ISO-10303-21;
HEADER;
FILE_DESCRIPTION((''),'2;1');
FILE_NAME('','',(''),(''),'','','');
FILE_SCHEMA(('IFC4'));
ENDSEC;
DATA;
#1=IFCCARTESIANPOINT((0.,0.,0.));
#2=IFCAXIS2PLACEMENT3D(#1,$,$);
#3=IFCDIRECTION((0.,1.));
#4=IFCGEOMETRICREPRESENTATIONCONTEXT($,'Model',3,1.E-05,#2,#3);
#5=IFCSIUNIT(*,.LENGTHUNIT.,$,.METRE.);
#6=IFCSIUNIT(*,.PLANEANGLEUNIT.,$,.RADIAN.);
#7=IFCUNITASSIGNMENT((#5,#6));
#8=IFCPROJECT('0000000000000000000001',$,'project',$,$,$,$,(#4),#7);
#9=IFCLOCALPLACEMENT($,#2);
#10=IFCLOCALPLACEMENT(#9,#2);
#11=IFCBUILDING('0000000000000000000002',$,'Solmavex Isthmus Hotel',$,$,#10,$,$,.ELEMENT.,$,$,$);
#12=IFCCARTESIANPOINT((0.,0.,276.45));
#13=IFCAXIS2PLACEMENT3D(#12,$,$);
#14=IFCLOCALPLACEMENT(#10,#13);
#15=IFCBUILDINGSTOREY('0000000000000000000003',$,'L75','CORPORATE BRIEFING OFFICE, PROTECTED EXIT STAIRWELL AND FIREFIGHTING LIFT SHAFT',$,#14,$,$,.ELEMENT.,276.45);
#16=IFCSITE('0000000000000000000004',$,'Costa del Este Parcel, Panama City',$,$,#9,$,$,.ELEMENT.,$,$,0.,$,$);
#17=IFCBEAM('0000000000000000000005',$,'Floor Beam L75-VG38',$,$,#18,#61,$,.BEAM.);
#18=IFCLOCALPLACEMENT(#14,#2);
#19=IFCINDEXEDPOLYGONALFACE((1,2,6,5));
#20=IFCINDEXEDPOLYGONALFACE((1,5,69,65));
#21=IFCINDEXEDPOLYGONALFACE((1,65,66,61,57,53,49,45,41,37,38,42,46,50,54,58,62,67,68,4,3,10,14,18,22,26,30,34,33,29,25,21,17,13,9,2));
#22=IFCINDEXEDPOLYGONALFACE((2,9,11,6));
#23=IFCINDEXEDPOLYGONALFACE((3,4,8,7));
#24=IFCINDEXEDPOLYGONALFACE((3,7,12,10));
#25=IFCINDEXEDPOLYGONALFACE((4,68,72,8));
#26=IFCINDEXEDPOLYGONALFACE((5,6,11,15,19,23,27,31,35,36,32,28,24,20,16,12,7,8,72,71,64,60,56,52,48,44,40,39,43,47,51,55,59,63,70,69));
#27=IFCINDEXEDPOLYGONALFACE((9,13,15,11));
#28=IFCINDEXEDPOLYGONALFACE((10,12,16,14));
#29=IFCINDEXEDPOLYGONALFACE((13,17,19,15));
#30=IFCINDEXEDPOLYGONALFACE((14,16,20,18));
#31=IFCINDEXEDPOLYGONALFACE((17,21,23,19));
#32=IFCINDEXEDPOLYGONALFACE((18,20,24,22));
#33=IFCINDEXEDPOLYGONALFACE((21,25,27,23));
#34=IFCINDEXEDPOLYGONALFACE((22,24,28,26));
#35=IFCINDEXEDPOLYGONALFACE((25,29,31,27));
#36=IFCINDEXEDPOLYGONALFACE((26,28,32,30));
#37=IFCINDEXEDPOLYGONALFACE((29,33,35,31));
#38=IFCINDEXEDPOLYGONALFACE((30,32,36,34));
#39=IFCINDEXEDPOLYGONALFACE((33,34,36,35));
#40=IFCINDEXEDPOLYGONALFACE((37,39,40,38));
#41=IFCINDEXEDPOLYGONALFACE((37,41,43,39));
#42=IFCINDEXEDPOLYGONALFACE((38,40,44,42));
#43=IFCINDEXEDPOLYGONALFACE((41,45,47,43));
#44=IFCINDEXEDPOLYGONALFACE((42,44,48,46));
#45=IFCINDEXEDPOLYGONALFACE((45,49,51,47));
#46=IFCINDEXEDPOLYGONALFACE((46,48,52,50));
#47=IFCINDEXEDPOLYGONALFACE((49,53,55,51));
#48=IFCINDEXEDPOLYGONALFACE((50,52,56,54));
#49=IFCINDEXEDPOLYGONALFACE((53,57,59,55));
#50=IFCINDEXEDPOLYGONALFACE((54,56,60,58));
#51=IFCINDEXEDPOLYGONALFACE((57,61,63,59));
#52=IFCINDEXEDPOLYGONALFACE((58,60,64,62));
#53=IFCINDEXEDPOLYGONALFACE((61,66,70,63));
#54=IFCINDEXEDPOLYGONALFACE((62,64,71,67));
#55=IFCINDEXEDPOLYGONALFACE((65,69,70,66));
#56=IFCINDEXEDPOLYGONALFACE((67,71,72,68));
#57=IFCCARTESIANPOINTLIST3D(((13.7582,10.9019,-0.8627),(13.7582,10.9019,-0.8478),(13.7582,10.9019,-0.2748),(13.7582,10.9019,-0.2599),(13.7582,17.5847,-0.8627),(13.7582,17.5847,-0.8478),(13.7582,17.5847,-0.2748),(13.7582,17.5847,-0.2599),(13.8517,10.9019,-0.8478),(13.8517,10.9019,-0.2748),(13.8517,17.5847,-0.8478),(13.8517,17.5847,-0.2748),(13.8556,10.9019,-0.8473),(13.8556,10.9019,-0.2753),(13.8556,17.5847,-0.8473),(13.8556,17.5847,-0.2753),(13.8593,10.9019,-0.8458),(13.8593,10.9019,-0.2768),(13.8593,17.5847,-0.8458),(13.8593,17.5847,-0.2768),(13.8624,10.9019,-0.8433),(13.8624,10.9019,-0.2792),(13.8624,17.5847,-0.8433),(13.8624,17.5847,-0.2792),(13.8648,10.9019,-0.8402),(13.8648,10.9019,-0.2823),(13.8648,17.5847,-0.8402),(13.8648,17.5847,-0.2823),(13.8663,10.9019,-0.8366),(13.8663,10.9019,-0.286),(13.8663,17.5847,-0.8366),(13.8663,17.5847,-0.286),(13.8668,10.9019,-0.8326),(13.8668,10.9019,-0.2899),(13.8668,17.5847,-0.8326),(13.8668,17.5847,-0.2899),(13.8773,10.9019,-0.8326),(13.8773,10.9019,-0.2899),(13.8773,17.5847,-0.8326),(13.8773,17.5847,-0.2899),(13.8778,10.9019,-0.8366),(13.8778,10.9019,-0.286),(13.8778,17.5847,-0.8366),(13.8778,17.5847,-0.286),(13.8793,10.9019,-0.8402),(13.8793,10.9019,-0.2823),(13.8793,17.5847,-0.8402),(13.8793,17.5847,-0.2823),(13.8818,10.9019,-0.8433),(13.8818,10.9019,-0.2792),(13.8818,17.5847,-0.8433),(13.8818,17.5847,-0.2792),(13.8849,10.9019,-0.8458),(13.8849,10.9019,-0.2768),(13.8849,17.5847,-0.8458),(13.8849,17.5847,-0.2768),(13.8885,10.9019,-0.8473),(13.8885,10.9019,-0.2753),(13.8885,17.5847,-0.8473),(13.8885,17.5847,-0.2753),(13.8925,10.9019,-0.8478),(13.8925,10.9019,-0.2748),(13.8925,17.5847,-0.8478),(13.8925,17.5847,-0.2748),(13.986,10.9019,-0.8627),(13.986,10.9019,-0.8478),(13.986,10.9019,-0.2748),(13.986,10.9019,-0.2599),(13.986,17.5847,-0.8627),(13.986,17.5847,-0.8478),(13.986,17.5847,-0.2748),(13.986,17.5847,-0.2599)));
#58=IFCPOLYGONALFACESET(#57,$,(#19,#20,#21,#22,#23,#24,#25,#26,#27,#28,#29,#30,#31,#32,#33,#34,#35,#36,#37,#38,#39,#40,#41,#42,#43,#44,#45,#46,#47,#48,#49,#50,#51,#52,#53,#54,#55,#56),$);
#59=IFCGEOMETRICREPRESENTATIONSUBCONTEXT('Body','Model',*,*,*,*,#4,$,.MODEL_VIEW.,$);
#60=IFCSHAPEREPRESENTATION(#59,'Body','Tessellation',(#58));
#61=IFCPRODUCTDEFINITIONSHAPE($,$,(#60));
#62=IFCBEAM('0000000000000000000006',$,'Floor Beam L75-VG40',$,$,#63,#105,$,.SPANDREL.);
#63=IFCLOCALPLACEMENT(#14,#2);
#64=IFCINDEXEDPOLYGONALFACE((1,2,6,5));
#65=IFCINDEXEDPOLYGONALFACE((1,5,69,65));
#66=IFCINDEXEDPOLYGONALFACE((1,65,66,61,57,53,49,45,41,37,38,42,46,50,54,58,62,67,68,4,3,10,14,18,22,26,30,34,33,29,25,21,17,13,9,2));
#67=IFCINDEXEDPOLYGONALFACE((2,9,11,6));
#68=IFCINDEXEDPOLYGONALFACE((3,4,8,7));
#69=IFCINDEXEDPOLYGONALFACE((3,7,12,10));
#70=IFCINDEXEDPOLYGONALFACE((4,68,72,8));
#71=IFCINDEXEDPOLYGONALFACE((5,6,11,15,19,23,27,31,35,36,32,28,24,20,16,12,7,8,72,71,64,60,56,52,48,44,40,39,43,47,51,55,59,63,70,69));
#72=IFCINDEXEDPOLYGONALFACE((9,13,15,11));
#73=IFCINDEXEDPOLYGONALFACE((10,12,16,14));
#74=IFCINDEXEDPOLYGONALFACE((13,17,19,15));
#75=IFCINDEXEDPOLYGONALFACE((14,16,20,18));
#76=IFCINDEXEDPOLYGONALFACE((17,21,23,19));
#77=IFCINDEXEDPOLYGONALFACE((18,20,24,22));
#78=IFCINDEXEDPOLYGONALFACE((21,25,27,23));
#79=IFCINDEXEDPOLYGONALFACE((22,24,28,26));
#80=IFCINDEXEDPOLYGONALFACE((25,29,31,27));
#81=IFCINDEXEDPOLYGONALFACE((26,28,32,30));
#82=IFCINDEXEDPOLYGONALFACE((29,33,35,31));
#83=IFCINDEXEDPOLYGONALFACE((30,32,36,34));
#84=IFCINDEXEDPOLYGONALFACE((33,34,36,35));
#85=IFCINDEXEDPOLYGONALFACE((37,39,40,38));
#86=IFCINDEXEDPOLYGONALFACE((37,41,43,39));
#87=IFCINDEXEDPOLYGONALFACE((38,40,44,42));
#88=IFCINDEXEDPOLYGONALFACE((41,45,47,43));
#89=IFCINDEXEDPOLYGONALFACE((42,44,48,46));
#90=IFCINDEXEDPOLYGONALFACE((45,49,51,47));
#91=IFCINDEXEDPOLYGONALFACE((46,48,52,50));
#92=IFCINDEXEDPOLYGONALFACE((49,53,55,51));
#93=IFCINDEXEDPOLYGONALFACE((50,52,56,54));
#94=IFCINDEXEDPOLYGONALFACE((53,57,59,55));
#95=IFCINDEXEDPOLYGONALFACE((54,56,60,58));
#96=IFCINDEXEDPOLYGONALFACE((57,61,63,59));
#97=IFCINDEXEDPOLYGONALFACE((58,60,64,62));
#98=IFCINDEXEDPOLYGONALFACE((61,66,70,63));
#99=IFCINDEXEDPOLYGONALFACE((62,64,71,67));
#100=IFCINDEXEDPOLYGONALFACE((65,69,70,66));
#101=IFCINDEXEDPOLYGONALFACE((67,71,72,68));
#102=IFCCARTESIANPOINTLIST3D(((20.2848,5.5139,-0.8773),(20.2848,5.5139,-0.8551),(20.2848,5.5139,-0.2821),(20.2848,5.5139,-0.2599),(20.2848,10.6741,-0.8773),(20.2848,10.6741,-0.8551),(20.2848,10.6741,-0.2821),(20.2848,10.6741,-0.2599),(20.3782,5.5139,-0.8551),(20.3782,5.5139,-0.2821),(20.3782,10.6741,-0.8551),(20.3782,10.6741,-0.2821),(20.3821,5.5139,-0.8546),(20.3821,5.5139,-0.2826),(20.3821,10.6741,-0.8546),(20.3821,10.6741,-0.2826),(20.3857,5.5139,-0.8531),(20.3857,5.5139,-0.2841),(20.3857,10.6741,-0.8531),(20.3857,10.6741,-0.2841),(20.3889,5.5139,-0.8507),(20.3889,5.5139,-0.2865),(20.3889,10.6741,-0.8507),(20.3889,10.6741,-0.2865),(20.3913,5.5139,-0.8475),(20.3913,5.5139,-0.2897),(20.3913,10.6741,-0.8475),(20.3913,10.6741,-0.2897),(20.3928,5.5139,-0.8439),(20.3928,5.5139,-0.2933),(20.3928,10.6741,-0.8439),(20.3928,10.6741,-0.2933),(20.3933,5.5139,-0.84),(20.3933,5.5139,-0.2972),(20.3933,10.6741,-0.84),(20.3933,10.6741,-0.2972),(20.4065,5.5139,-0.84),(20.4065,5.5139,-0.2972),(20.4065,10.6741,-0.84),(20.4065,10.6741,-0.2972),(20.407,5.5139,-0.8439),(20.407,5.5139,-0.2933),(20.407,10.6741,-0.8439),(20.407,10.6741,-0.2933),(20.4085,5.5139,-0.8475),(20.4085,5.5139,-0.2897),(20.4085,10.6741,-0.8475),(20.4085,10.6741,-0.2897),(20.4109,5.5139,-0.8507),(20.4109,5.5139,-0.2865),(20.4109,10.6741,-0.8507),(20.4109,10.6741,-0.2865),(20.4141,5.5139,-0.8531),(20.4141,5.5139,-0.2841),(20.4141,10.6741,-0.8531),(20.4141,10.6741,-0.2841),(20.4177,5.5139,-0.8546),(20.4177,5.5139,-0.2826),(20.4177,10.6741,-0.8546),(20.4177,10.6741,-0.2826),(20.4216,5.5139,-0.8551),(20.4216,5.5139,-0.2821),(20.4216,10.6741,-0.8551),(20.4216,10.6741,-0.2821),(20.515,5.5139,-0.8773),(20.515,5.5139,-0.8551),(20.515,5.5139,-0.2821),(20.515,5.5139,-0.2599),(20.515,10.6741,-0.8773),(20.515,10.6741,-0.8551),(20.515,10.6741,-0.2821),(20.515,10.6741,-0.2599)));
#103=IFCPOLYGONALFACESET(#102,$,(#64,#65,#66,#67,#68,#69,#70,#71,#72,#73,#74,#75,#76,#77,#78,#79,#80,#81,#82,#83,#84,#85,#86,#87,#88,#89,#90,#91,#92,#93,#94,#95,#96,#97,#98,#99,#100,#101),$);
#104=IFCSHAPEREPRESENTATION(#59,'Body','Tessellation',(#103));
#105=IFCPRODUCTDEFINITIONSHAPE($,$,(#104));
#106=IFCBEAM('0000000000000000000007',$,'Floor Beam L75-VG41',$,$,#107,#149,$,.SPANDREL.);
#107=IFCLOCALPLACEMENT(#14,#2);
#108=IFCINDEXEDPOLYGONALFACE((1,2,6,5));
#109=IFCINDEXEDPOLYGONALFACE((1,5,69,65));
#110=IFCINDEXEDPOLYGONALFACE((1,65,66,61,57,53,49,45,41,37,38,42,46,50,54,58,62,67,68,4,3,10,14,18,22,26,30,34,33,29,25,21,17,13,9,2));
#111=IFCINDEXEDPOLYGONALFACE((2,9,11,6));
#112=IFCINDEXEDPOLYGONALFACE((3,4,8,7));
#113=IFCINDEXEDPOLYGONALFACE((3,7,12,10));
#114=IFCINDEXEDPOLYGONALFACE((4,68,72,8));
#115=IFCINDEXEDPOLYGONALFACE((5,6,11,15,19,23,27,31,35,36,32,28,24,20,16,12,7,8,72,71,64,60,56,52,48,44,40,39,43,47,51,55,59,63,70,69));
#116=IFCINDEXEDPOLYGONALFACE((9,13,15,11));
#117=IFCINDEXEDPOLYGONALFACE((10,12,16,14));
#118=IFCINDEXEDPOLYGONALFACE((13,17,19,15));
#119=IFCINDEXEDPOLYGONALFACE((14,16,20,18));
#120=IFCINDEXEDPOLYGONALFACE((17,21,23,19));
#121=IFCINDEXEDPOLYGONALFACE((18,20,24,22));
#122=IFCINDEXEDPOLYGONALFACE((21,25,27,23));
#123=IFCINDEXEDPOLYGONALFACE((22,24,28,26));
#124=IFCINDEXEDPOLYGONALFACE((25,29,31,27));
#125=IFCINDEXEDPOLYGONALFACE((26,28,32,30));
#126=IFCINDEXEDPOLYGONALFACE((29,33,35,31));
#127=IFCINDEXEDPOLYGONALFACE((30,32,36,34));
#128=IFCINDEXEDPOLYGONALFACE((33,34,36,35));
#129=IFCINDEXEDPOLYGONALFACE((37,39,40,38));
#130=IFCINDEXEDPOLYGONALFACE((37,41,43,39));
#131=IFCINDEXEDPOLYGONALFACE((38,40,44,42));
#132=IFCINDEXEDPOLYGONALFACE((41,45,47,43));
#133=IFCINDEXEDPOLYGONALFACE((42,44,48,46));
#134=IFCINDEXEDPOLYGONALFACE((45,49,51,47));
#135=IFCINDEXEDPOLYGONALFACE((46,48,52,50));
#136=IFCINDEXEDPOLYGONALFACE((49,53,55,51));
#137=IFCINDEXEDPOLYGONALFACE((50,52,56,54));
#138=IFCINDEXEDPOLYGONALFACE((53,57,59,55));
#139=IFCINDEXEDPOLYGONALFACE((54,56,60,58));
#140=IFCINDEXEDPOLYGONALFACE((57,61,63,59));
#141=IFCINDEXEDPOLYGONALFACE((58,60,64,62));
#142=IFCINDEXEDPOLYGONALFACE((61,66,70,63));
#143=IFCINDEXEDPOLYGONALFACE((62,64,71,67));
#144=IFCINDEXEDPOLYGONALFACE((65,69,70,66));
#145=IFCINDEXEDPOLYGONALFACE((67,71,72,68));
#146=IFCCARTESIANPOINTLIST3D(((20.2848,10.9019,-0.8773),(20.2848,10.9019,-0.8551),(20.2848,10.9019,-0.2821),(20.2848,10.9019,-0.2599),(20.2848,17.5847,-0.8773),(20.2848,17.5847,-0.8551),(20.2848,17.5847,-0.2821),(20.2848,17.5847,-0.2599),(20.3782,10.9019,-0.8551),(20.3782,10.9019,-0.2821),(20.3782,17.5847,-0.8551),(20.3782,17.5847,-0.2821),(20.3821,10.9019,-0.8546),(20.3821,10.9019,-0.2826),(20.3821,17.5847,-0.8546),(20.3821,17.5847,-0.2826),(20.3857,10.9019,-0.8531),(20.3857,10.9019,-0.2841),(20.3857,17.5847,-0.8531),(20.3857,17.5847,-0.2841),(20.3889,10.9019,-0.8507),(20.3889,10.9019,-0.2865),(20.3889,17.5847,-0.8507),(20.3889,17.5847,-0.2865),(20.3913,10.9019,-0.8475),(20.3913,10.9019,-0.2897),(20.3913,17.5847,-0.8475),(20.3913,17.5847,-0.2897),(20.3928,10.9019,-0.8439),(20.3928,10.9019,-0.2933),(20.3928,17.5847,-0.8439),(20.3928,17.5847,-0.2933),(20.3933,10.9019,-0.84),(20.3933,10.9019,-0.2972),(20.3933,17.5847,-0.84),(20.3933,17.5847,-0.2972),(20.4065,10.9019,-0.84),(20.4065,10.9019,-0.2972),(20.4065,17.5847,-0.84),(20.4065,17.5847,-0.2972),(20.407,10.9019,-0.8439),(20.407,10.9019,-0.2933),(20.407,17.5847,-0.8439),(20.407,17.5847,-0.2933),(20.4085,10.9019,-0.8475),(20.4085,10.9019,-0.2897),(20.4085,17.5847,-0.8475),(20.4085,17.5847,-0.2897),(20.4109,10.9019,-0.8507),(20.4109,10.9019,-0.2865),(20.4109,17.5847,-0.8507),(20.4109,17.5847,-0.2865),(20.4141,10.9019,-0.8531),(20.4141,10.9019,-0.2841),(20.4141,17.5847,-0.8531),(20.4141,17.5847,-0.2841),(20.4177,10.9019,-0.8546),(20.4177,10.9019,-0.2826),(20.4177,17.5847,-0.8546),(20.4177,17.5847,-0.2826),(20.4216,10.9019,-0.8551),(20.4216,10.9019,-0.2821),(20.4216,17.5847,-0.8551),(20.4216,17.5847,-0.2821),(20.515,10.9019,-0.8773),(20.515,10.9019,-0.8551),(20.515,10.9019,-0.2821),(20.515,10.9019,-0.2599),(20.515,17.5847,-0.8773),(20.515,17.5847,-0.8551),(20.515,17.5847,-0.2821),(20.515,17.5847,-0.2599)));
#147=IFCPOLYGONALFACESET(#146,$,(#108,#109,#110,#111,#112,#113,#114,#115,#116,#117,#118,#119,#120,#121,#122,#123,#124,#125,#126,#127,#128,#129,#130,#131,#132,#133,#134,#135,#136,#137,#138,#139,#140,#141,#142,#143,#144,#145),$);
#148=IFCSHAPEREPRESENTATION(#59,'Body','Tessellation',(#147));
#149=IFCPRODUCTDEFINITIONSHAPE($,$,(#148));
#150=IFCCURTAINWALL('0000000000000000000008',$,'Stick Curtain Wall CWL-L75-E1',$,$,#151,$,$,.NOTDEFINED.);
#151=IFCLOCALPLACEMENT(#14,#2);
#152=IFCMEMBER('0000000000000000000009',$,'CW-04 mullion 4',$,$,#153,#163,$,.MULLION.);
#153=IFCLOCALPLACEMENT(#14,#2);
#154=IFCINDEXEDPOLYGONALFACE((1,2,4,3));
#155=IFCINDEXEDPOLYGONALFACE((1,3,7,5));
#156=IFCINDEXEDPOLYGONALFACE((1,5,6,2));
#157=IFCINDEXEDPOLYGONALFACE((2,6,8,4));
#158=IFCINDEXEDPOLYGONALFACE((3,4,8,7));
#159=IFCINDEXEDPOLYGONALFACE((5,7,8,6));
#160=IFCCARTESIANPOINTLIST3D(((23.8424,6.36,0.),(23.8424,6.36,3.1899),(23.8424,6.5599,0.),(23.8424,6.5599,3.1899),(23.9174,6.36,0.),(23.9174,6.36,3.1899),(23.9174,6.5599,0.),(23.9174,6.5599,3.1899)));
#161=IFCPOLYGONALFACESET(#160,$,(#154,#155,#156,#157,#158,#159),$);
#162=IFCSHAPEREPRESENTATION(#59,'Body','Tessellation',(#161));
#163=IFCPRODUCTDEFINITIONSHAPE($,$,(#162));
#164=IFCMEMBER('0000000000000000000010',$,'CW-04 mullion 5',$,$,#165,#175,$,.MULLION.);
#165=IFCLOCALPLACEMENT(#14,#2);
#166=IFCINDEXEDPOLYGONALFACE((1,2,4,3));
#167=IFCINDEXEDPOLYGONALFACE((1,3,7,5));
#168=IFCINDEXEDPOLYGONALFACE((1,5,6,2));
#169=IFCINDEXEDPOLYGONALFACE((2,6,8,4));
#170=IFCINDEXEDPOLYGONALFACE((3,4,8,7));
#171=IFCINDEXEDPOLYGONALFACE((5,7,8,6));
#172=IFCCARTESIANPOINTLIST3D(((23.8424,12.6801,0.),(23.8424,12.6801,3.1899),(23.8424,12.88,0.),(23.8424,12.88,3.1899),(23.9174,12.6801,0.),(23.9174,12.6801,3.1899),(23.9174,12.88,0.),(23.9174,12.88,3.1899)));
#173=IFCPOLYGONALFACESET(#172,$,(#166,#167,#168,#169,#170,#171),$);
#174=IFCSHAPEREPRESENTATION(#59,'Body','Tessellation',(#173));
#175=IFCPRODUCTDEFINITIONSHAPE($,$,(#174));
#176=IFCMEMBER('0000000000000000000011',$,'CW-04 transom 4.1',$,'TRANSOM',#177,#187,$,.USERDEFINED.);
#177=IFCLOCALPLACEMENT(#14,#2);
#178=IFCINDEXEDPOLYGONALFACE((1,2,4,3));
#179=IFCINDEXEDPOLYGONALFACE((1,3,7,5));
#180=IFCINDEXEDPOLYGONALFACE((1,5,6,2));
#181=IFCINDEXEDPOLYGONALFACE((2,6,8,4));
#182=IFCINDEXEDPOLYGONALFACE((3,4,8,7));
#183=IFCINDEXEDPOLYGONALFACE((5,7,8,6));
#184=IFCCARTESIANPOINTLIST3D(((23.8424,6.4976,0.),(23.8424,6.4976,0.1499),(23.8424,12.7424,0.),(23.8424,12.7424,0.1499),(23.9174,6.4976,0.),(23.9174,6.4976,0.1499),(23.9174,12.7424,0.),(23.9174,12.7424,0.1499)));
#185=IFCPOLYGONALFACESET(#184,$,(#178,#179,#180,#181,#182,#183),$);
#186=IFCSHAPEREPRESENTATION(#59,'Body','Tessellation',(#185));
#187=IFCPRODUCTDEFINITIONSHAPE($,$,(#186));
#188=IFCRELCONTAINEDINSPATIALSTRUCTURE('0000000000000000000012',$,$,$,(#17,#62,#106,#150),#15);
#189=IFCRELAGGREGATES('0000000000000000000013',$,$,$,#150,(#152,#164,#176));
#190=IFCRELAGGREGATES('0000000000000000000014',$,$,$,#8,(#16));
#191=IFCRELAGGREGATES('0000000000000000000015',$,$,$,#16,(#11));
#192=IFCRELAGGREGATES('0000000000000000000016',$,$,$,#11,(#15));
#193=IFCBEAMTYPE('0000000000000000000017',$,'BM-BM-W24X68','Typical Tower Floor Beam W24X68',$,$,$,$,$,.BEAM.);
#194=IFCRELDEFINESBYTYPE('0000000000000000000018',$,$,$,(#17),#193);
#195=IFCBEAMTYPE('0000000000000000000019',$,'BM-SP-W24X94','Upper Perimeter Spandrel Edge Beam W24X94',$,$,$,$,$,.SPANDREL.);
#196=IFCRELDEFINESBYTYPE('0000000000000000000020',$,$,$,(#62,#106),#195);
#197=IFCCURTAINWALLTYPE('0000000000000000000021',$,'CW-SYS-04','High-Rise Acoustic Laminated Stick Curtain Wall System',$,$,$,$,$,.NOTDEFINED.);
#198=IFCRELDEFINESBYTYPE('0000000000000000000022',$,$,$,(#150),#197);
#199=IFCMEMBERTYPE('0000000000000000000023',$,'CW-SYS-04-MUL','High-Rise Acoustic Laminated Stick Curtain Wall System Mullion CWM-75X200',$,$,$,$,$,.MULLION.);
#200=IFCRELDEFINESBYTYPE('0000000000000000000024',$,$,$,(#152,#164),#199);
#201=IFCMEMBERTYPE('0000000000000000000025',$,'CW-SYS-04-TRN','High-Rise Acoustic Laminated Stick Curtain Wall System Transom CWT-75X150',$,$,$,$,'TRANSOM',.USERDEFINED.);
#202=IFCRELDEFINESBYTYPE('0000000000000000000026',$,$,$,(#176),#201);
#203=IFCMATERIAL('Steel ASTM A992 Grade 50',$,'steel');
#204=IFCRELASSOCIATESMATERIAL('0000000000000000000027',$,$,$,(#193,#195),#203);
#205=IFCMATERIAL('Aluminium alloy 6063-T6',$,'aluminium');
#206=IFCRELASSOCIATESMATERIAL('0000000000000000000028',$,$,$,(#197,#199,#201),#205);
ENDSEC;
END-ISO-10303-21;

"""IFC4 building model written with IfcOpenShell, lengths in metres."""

from ifc_helpers import new_model, si_unit, direction, frame, origin, origin_2d, place, context, subcontext, project, spatial, rectangle, i_section, extrude, material, material_profile, profile_set, type_object, element, aggregate, save


model = new_model("IFC4")

# Units and contexts
model_context = context("Model", 3, precision=1e-05, world=origin(), true_north=direction((0.0, 1.0)))
body_context = subcontext(model_context, "Body", "Model", "MODEL_VIEW")
ifc_project = project(units=[si_unit("LENGTHUNIT", "METRE"), si_unit("PLANEANGLEUNIT", "RADIAN")], contexts=[model_context])

# Site, building, storey
site_placement = place(None, origin())
site = spatial("IfcSite", under=ifc_project, at=site_placement, Name="Costa del Este Parcel, Panama City", CompositionType="ELEMENT", RefElevation=0.0)
building_placement = place(site_placement, origin())
building = spatial("IfcBuilding", under=site, at=building_placement, Name="Solmavex Isthmus Hotel", CompositionType="ELEMENT")
storey_placement = place(building_placement, frame((0.0, 0.0, 276.45)))
storey = spatial("IfcBuildingStorey", under=building, at=storey_placement, Name="L75", Description="CORPORATE BRIEFING OFFICE, PROTECTED EXIT STAIRWELL AND FIREFIGHTING LIFT SHAFT", CompositionType="ELEMENT", Elevation=276.45)

# Beams
ifc_material_1 = material(Name="Steel ASTM A992 Grade 50", Category="steel")
ifc_material_profile_1 = material_profile(ifc_material_1, i_section(OverallWidth=0.2278, OverallDepth=0.6028, WebThickness=0.0105, FlangeThickness=0.0149, FilletRadius=0.0151, at=origin_2d()), Name="W24X68")
ifc_profile_set_1 = profile_set([ifc_material_profile_1], Name="Steel ASTM A992 Grade 50")
beam_type_1 = type_object("IfcBeamType", Name="BM-BM-W24X68", Description="Typical Tower Floor Beam W24X68", PredefinedType="BEAM", material=ifc_profile_set_1)
beam_1_placement = place(storey_placement, frame((13.8721, 10.9019, -0.5613), z_axis=(0.0, 1.0, 0.0), x_axis=(-1.0, 0.0, 0.0)))
element("IfcBeam", 1, at=beam_1_placement, inside=storey, type_object=beam_type_1, Name="Floor Beam L75-VG38", PredefinedType="BEAM", context=body_context, shape_type="SweptSolid", body=[
    extrude(i_section(OverallWidth=0.2278, OverallDepth=0.6028, WebThickness=0.0105, FlangeThickness=0.0149, FilletRadius=0.0151, at=origin_2d()), origin(), (0.0, 0.0, 1.0), 6.6829),
])
ifc_material_profile_2 = material_profile(ifc_material_1, i_section(OverallWidth=0.2302, OverallDepth=0.6174, WebThickness=0.0132, FlangeThickness=0.0222, FilletRadius=0.0151, at=origin_2d()), Name="W24X94")
ifc_profile_set_2 = profile_set([ifc_material_profile_2], Name="Steel ASTM A992 Grade 50")
beam_type_2 = type_object("IfcBeamType", Name="BM-SP-W24X94", Description="Upper Perimeter Spandrel Edge Beam W24X94", PredefinedType="SPANDREL", material=ifc_profile_set_2)
beam_2_placement = place(storey_placement, frame((20.3999, 5.5139, -0.5686), z_axis=(0.0, 1.0, 0.0), x_axis=(-1.0, 0.0, 0.0)))
element("IfcBeam", 2, at=beam_2_placement, inside=storey, type_object=beam_type_2, Name="Floor Beam L75-VG40", PredefinedType="SPANDREL", context=body_context, shape_type="SweptSolid", body=[
    extrude(i_section(OverallWidth=0.2302, OverallDepth=0.6174, WebThickness=0.0132, FlangeThickness=0.0222, FilletRadius=0.0151, at=origin_2d()), origin(), (0.0, 0.0, 1.0), 5.1602),
])
beam_3_placement = place(storey_placement, frame((20.3999, 10.9019, -0.5686), z_axis=(0.0, 1.0, 0.0), x_axis=(-1.0, 0.0, 0.0)))
element("IfcBeam", 3, at=beam_3_placement, inside=storey, type_object=beam_type_2, Name="Floor Beam L75-VG41", PredefinedType="SPANDREL", context=body_context, shape_type="SweptSolid", body=[
    extrude(i_section(OverallWidth=0.2302, OverallDepth=0.6174, WebThickness=0.0132, FlangeThickness=0.0222, FilletRadius=0.0151, at=origin_2d()), origin(), (0.0, 0.0, 1.0), 6.6829),
])

# Curtain wall, members
ifc_material_2 = material(Name="Aluminium alloy 6063-T6", Category="aluminium")
curtain_wall_type = type_object("IfcCurtainWallType", Name="CW-SYS-04", Description="High-Rise Acoustic Laminated Stick Curtain Wall System", PredefinedType="NOTDEFINED", material=ifc_material_2)
curtain_wall_placement = place(storey_placement, origin())
curtain_wall = element("IfcCurtainWall", 4, at=curtain_wall_placement, inside=storey, type_object=curtain_wall_type, Name="Stick Curtain Wall CWL-L75-E1", PredefinedType="NOTDEFINED")
ifc_material_profile_3 = material_profile(ifc_material_2, rectangle(XDim=0.075, YDim=0.2, at=origin_2d()), Name="CWM-75X200")
ifc_profile_set_3 = profile_set([ifc_material_profile_3], Name="Aluminium alloy 6063-T6")
member_type_1 = type_object("IfcMemberType", Name="CW-SYS-04-MUL", Description="High-Rise Acoustic Laminated Stick Curtain Wall System Mullion CWM-75X200", PredefinedType="MULLION", material=ifc_profile_set_3)
member_1_placement = place(storey_placement, frame((23.8799, 6.46, 0.0), z_axis=(0.0, 0.0, 1.0), x_axis=(-1.0, 0.0, 0.0)))
member_1 = element("IfcMember", 5, at=member_1_placement, type_object=member_type_1, Name="CW-04 mullion 4", PredefinedType="MULLION", context=body_context, shape_type="SweptSolid", body=[
    extrude(rectangle(XDim=0.075, YDim=0.2, at=origin_2d()), origin(), (0.0, 0.0, 1.0), 3.1899),
])
member_2_placement = place(storey_placement, frame((23.8799, 12.78, 0.0), z_axis=(0.0, 0.0, 1.0), x_axis=(-1.0, 0.0, 0.0)))
member_2 = element("IfcMember", 6, at=member_2_placement, type_object=member_type_1, Name="CW-04 mullion 5", PredefinedType="MULLION", context=body_context, shape_type="SweptSolid", body=[
    extrude(rectangle(XDim=0.075, YDim=0.2, at=origin_2d()), origin(), (0.0, 0.0, 1.0), 3.1899),
])
ifc_material_profile_4 = material_profile(ifc_material_2, rectangle(XDim=0.075, YDim=0.1499, at=origin_2d()), Name="CWT-75X150")
ifc_profile_set_4 = profile_set([ifc_material_profile_4], Name="Aluminium alloy 6063-T6")
member_type_2 = type_object("IfcMemberType", Name="CW-SYS-04-TRN", Description="High-Rise Acoustic Laminated Stick Curtain Wall System Transom CWT-75X150", ElementType="TRANSOM", PredefinedType="USERDEFINED", material=ifc_profile_set_4)
member_3_placement = place(storey_placement, frame((23.8799, 6.4976, 0.075), z_axis=(0.0, 1.0, 0.0), x_axis=(-1.0, 0.0, 0.0)))
member_3 = element("IfcMember", 7, at=member_3_placement, type_object=member_type_2, Name="CW-04 transom 4.1", ObjectType="TRANSOM", PredefinedType="USERDEFINED", context=body_context, shape_type="SweptSolid", body=[
    extrude(rectangle(XDim=0.075, YDim=0.1499, at=origin_2d()), origin(), (0.0, 0.0, 1.0), 6.2449),
])
aggregate(curtain_wall, [member_1, member_2, member_3])

save(model, "model.ifc")
